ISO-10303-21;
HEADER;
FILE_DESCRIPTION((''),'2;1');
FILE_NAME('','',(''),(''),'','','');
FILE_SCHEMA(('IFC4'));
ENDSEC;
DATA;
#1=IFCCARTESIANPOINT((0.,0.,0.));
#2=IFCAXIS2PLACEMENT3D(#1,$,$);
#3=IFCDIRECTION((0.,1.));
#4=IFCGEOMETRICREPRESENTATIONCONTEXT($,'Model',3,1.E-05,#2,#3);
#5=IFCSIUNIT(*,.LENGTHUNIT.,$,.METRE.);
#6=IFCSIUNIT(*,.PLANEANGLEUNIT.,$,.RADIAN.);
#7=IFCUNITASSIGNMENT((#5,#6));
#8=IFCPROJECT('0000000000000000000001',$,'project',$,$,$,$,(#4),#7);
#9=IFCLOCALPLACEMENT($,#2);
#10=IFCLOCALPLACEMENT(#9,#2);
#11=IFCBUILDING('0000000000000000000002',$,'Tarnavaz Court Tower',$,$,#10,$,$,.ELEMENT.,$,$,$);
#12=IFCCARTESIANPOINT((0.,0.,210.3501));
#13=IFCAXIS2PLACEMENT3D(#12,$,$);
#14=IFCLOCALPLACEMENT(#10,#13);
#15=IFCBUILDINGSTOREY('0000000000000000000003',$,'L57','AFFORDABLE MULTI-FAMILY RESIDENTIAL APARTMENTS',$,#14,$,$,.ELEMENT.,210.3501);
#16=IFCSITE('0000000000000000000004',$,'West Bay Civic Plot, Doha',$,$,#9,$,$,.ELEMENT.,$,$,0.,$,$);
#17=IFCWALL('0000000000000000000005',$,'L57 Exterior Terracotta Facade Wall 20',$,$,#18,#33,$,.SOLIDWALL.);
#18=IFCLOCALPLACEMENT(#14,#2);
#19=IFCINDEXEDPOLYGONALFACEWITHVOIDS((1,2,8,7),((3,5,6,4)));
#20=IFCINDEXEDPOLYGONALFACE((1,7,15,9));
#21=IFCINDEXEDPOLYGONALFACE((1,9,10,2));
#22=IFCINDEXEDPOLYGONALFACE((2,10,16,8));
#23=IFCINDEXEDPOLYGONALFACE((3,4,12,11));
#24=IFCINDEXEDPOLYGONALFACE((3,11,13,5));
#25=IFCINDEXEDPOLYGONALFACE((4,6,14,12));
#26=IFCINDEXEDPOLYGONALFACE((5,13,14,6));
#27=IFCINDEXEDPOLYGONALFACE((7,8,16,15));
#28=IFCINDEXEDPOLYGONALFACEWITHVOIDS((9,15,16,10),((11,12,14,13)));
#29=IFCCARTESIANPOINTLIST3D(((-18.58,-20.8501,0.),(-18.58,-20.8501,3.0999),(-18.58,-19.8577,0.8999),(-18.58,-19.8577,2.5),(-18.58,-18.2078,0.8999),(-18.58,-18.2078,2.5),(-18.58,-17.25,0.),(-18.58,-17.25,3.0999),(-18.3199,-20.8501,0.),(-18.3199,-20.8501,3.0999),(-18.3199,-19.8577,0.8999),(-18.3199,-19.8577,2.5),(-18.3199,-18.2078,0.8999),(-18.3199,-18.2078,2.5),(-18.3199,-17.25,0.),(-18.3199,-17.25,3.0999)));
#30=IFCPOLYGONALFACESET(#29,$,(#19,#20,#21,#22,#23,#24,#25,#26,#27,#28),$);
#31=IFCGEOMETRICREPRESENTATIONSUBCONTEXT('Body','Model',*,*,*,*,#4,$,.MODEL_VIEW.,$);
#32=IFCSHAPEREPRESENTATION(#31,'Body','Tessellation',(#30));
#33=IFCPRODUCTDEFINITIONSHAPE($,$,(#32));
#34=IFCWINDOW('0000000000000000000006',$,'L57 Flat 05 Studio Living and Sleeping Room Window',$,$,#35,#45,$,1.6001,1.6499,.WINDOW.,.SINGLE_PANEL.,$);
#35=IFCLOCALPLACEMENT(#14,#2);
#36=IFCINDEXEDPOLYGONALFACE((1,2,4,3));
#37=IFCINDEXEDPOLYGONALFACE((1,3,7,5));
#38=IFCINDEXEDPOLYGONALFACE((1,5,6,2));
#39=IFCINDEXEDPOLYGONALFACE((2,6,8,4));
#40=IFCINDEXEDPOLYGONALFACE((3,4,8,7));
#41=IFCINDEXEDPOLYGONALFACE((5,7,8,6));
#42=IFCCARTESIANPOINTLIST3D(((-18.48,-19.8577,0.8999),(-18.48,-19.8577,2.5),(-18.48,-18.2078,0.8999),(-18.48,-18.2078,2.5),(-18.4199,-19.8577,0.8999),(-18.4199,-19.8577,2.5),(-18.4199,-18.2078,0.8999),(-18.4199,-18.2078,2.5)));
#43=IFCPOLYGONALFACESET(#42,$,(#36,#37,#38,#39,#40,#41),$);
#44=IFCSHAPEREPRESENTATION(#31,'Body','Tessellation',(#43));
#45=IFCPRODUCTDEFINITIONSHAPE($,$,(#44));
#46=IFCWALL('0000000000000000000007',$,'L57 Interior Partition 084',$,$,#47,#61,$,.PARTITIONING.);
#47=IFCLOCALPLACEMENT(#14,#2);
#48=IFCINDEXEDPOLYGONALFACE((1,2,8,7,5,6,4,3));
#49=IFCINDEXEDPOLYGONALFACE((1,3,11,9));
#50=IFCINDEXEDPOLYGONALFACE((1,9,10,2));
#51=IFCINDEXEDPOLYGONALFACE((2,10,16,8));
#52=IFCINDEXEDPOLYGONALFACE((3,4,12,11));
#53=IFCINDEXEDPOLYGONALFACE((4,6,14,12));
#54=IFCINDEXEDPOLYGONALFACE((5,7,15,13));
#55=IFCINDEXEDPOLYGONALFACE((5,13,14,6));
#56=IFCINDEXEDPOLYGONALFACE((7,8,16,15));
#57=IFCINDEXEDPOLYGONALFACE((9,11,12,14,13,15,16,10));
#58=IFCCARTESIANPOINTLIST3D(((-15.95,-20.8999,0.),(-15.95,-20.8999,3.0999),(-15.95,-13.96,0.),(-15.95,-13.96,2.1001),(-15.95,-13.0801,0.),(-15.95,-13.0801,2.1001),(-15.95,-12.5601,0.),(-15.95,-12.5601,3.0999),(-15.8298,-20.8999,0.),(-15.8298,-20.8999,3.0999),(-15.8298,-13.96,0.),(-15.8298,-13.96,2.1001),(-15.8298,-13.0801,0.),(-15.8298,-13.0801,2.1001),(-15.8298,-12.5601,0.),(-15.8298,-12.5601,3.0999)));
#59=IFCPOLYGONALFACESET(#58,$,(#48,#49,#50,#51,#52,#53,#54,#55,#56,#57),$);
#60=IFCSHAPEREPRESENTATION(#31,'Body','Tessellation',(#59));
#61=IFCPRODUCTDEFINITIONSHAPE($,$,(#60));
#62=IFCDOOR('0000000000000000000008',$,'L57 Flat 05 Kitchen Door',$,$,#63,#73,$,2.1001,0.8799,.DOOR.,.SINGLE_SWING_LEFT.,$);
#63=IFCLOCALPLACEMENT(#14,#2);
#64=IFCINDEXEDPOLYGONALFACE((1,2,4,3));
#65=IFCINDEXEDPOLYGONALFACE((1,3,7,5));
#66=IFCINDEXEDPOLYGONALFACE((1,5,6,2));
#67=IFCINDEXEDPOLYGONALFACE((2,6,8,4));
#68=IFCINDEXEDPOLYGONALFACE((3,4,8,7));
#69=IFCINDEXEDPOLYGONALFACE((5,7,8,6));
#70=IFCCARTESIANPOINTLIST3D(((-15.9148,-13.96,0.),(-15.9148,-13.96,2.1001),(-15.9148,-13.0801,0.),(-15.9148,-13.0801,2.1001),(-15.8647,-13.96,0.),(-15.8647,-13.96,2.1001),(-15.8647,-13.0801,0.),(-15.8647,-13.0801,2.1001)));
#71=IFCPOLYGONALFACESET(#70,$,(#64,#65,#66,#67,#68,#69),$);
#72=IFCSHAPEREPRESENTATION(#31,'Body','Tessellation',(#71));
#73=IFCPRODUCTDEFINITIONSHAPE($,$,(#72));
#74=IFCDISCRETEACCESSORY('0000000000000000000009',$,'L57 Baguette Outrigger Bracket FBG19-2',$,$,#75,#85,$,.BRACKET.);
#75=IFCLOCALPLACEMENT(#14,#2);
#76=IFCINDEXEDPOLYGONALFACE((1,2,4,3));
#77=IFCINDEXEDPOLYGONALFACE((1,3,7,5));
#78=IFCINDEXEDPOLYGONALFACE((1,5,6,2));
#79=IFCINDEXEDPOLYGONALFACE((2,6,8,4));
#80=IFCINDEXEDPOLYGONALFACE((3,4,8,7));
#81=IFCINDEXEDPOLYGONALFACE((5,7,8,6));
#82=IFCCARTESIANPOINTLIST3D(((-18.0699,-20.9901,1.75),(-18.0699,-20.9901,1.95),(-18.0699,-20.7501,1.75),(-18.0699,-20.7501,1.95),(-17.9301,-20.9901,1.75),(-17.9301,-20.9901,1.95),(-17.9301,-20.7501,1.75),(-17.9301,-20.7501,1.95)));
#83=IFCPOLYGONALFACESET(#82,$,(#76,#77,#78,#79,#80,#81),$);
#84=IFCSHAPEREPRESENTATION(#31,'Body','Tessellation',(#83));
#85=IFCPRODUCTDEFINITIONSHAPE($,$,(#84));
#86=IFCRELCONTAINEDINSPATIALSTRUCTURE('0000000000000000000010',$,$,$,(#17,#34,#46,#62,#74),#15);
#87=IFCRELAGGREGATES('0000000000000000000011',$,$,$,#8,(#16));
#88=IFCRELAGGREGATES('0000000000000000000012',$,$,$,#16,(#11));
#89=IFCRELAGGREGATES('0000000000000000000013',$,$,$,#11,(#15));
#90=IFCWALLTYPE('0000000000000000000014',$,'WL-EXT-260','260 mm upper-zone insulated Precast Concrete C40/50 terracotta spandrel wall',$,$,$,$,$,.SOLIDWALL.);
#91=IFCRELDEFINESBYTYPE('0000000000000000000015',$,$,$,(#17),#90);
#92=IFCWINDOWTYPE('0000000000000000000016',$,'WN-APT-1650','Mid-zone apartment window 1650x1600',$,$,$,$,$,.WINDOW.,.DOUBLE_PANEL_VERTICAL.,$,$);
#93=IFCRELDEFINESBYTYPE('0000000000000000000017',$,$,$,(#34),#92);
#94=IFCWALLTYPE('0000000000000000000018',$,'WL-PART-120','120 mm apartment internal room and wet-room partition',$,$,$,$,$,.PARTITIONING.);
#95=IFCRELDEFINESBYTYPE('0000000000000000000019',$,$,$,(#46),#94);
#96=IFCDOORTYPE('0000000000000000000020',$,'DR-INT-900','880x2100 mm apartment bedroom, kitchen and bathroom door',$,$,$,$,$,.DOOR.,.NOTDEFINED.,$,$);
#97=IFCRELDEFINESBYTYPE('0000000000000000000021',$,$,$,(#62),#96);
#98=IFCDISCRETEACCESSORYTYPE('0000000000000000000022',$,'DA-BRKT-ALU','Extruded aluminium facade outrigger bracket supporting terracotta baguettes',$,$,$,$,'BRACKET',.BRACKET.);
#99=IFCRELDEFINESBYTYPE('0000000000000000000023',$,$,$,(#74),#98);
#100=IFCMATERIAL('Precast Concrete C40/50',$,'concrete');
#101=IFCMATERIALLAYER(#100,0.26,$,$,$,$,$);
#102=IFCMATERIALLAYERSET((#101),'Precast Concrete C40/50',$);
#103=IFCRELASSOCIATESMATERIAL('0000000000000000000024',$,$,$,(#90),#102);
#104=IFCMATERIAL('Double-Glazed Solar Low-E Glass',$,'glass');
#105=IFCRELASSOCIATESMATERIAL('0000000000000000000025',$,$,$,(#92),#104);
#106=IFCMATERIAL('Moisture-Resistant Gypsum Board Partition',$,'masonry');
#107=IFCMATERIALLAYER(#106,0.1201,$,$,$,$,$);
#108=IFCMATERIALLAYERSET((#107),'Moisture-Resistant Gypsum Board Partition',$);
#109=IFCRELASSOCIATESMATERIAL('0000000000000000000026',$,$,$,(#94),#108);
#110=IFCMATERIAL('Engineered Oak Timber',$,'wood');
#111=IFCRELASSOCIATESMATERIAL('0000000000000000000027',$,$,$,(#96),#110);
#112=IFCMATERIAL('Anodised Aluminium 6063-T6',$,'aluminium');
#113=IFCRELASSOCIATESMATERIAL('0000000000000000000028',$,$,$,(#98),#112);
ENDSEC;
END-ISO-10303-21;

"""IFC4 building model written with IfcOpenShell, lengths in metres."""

from ifc_helpers import new_model, si_unit, direction, frame, frame_2d, origin, origin_2d, place, context, subcontext, project, spatial, rectangle, extrude, material, layer, layer_set, type_object, element, fill, save


model = new_model("IFC4")

# Units and contexts
model_context = context("Model", 3, precision=1e-05, world=origin(), true_north=direction((0.0, 1.0)))
body_context = subcontext(model_context, "Body", "Model", "MODEL_VIEW")
ifc_project = project(units=[si_unit("LENGTHUNIT", "METRE"), si_unit("PLANEANGLEUNIT", "RADIAN")], contexts=[model_context])

# Site, building, storey
site_placement = place(None, origin())
site = spatial("IfcSite", under=ifc_project, at=site_placement, Name="West Bay Civic Plot, Doha", CompositionType="ELEMENT", RefElevation=0.0)
building_placement = place(site_placement, origin())
building = spatial("IfcBuilding", under=site, at=building_placement, Name="Tarnavaz Court Tower", CompositionType="ELEMENT")
storey_placement = place(building_placement, frame((0.0, 0.0, 210.3501)))
storey = spatial("IfcBuildingStorey", under=building, at=storey_placement, Name="L57", Description="AFFORDABLE MULTI-FAMILY RESIDENTIAL APARTMENTS", CompositionType="ELEMENT", Elevation=210.3501)

# Shared definitions
ifc_material_1 = material(Name="Precast Concrete C40/50", Category="concrete")
ifc_layer_1 = layer(ifc_material_1, 0.26)
ifc_layer_set_1 = layer_set([ifc_layer_1], Name="Precast Concrete C40/50")
wall_type_1 = type_object("IfcWallType", Name="WL-EXT-260", Description="260 mm upper-zone insulated Precast Concrete C40/50 terracotta spandrel wall", PredefinedType="SOLIDWALL", material=ifc_layer_set_1)
ifc_material_2 = material(Name="Double-Glazed Solar Low-E Glass", Category="glass")

# Shared definitions
window_type_1 = type_object("IfcWindowType", Name="WN-APT-1650", Description="Mid-zone apartment window 1650x1600", PartitioningType="DOUBLE_PANEL_VERTICAL", PredefinedType="WINDOW", material=ifc_material_2)

# Wall, opening, window
wall_1_placement = place(storey_placement, frame((-18.45, -20.8501, 0.0), z_axis=(0.0, 0.0, 1.0), x_axis=(0.0, 1.0, 0.0)))
wall_1 = element("IfcWall", 1, at=wall_1_placement, inside=storey, type_object=wall_type_1, Name="L57 Exterior Terracotta Facade Wall 20", PredefinedType="SOLIDWALL", context=body_context, shape_type="SweptSolid", body=[
    extrude(rectangle(XDim=3.6001, YDim=0.26, at=frame_2d((1.8, 0.0))), origin(), (0.0, 0.0, 1.0), 3.0999),
])
opening_1_placement = place(wall_1_placement, frame((0.9924, 0.0, 0.8999)))
opening_1 = element("IfcOpeningElement", 2, at=opening_1_placement, cuts=wall_1, PredefinedType="OPENING", context=body_context, shape_type="SweptSolid", body=[
    extrude(rectangle(XDim=1.6499, YDim=1.6001, at=frame_2d((0.825, 0.8))), frame((0.0, 0.1399, 0.0), z_axis=(0.0, -1.0, 0.0), x_axis=(1.0, 0.0, 0.0)), (0.0, 0.0, 1.0), 0.28),
])
window_1_placement = place(opening_1_placement, origin())
window_1 = element("IfcWindow", 3, at=window_1_placement, inside=storey, type_object=window_type_1, Name="L57 Flat 05 Studio Living and Sleeping Room Window", OverallHeight=1.6001, OverallWidth=1.6499, PartitioningType="SINGLE_PANEL", PredefinedType="WINDOW", context=body_context, shape_type="SweptSolid", body=[
    extrude(rectangle(XDim=1.6499, YDim=1.6001, at=frame_2d((0.825, 0.8))), frame((0.0, 0.03, 0.0), z_axis=(0.0, -1.0, 0.0), x_axis=(1.0, 0.0, 0.0)), (0.0, 0.0, 1.0), 0.0601),
])
fill(opening_1, window_1)

# Wall, opening, door
ifc_material_3 = material(Name="Moisture-Resistant Gypsum Board Partition", Category="masonry")
ifc_layer_2 = layer(ifc_material_3, 0.1201)
ifc_layer_set_2 = layer_set([ifc_layer_2], Name="Moisture-Resistant Gypsum Board Partition")
wall_type_2 = type_object("IfcWallType", Name="WL-PART-120", Description="120 mm apartment internal room and wet-room partition", PredefinedType="PARTITIONING", material=ifc_layer_set_2)
wall_2_placement = place(storey_placement, frame((-15.8899, -20.8999, 0.0), z_axis=(0.0, 0.0, 1.0), x_axis=(0.0, 1.0, 0.0)))
wall_2 = element("IfcWall", 4, at=wall_2_placement, inside=storey, type_object=wall_type_2, Name="L57 Interior Partition 084", PredefinedType="PARTITIONING", context=body_context, shape_type="SweptSolid", body=[
    extrude(rectangle(XDim=8.3398, YDim=0.1201, at=frame_2d((4.1699, 0.0))), origin(), (0.0, 0.0, 1.0), 3.0999),
])
opening_2_placement = place(wall_2_placement, frame((6.9399, 0.0, 0.0)))
opening_2 = element("IfcOpeningElement", 5, at=opening_2_placement, cuts=wall_2, PredefinedType="OPENING", context=body_context, shape_type="SweptSolid", body=[
    extrude(rectangle(XDim=0.8799, YDim=2.1001, at=frame_2d((0.4399, 1.05))), frame((0.0, 0.0701, 0.0), z_axis=(0.0, -1.0, 0.0), x_axis=(1.0, 0.0, 0.0)), (0.0, 0.0, 1.0), 0.1401),
])
ifc_material_4 = material(Name="Engineered Oak Timber", Category="wood")
door_type = type_object("IfcDoorType", Name="DR-INT-900", Description="880x2100 mm apartment bedroom, kitchen and bathroom door", OperationType="NOTDEFINED", PredefinedType="DOOR", material=ifc_material_4)
door_placement = place(opening_2_placement, origin())
door = element("IfcDoor", 6, at=door_placement, inside=storey, type_object=door_type, Name="L57 Flat 05 Kitchen Door", OperationType="SINGLE_SWING_LEFT", OverallHeight=2.1001, OverallWidth=0.8799, PredefinedType="DOOR", context=body_context, shape_type="SweptSolid", body=[
    extrude(rectangle(XDim=0.8799, YDim=2.1001, at=frame_2d((0.4399, 1.05))), frame((0.0, 0.0249, 0.0), z_axis=(0.0, -1.0, 0.0), x_axis=(1.0, 0.0, 0.0)), (0.0, 0.0, 1.0), 0.05),
])
fill(opening_2, door)

# Discrete accessory
ifc_material_5 = material(Name="Anodised Aluminium 6063-T6", Category="aluminium")
discrete_accessory_type = type_object("IfcDiscreteAccessoryType", Name="DA-BRKT-ALU", Description="Extruded aluminium facade outrigger bracket supporting terracotta baguettes", ElementType="BRACKET", PredefinedType="BRACKET", material=ifc_material_5)
discrete_accessory_placement = place(storey_placement, frame((-18.0, -20.8701, 1.75), z_axis=(0.0, 0.0, 1.0), x_axis=(-1.0, 0.0, 0.0)))
element("IfcDiscreteAccessory", 7, at=discrete_accessory_placement, inside=storey, type_object=discrete_accessory_type, Name="L57 Baguette Outrigger Bracket FBG19-2", PredefinedType="BRACKET", context=body_context, shape_type="SweptSolid", body=[
    extrude(rectangle(XDim=0.1399, YDim=0.24, at=origin_2d()), origin(), (0.0, 0.0, 1.0), 0.2),
])

save(model, "model.ifc")
